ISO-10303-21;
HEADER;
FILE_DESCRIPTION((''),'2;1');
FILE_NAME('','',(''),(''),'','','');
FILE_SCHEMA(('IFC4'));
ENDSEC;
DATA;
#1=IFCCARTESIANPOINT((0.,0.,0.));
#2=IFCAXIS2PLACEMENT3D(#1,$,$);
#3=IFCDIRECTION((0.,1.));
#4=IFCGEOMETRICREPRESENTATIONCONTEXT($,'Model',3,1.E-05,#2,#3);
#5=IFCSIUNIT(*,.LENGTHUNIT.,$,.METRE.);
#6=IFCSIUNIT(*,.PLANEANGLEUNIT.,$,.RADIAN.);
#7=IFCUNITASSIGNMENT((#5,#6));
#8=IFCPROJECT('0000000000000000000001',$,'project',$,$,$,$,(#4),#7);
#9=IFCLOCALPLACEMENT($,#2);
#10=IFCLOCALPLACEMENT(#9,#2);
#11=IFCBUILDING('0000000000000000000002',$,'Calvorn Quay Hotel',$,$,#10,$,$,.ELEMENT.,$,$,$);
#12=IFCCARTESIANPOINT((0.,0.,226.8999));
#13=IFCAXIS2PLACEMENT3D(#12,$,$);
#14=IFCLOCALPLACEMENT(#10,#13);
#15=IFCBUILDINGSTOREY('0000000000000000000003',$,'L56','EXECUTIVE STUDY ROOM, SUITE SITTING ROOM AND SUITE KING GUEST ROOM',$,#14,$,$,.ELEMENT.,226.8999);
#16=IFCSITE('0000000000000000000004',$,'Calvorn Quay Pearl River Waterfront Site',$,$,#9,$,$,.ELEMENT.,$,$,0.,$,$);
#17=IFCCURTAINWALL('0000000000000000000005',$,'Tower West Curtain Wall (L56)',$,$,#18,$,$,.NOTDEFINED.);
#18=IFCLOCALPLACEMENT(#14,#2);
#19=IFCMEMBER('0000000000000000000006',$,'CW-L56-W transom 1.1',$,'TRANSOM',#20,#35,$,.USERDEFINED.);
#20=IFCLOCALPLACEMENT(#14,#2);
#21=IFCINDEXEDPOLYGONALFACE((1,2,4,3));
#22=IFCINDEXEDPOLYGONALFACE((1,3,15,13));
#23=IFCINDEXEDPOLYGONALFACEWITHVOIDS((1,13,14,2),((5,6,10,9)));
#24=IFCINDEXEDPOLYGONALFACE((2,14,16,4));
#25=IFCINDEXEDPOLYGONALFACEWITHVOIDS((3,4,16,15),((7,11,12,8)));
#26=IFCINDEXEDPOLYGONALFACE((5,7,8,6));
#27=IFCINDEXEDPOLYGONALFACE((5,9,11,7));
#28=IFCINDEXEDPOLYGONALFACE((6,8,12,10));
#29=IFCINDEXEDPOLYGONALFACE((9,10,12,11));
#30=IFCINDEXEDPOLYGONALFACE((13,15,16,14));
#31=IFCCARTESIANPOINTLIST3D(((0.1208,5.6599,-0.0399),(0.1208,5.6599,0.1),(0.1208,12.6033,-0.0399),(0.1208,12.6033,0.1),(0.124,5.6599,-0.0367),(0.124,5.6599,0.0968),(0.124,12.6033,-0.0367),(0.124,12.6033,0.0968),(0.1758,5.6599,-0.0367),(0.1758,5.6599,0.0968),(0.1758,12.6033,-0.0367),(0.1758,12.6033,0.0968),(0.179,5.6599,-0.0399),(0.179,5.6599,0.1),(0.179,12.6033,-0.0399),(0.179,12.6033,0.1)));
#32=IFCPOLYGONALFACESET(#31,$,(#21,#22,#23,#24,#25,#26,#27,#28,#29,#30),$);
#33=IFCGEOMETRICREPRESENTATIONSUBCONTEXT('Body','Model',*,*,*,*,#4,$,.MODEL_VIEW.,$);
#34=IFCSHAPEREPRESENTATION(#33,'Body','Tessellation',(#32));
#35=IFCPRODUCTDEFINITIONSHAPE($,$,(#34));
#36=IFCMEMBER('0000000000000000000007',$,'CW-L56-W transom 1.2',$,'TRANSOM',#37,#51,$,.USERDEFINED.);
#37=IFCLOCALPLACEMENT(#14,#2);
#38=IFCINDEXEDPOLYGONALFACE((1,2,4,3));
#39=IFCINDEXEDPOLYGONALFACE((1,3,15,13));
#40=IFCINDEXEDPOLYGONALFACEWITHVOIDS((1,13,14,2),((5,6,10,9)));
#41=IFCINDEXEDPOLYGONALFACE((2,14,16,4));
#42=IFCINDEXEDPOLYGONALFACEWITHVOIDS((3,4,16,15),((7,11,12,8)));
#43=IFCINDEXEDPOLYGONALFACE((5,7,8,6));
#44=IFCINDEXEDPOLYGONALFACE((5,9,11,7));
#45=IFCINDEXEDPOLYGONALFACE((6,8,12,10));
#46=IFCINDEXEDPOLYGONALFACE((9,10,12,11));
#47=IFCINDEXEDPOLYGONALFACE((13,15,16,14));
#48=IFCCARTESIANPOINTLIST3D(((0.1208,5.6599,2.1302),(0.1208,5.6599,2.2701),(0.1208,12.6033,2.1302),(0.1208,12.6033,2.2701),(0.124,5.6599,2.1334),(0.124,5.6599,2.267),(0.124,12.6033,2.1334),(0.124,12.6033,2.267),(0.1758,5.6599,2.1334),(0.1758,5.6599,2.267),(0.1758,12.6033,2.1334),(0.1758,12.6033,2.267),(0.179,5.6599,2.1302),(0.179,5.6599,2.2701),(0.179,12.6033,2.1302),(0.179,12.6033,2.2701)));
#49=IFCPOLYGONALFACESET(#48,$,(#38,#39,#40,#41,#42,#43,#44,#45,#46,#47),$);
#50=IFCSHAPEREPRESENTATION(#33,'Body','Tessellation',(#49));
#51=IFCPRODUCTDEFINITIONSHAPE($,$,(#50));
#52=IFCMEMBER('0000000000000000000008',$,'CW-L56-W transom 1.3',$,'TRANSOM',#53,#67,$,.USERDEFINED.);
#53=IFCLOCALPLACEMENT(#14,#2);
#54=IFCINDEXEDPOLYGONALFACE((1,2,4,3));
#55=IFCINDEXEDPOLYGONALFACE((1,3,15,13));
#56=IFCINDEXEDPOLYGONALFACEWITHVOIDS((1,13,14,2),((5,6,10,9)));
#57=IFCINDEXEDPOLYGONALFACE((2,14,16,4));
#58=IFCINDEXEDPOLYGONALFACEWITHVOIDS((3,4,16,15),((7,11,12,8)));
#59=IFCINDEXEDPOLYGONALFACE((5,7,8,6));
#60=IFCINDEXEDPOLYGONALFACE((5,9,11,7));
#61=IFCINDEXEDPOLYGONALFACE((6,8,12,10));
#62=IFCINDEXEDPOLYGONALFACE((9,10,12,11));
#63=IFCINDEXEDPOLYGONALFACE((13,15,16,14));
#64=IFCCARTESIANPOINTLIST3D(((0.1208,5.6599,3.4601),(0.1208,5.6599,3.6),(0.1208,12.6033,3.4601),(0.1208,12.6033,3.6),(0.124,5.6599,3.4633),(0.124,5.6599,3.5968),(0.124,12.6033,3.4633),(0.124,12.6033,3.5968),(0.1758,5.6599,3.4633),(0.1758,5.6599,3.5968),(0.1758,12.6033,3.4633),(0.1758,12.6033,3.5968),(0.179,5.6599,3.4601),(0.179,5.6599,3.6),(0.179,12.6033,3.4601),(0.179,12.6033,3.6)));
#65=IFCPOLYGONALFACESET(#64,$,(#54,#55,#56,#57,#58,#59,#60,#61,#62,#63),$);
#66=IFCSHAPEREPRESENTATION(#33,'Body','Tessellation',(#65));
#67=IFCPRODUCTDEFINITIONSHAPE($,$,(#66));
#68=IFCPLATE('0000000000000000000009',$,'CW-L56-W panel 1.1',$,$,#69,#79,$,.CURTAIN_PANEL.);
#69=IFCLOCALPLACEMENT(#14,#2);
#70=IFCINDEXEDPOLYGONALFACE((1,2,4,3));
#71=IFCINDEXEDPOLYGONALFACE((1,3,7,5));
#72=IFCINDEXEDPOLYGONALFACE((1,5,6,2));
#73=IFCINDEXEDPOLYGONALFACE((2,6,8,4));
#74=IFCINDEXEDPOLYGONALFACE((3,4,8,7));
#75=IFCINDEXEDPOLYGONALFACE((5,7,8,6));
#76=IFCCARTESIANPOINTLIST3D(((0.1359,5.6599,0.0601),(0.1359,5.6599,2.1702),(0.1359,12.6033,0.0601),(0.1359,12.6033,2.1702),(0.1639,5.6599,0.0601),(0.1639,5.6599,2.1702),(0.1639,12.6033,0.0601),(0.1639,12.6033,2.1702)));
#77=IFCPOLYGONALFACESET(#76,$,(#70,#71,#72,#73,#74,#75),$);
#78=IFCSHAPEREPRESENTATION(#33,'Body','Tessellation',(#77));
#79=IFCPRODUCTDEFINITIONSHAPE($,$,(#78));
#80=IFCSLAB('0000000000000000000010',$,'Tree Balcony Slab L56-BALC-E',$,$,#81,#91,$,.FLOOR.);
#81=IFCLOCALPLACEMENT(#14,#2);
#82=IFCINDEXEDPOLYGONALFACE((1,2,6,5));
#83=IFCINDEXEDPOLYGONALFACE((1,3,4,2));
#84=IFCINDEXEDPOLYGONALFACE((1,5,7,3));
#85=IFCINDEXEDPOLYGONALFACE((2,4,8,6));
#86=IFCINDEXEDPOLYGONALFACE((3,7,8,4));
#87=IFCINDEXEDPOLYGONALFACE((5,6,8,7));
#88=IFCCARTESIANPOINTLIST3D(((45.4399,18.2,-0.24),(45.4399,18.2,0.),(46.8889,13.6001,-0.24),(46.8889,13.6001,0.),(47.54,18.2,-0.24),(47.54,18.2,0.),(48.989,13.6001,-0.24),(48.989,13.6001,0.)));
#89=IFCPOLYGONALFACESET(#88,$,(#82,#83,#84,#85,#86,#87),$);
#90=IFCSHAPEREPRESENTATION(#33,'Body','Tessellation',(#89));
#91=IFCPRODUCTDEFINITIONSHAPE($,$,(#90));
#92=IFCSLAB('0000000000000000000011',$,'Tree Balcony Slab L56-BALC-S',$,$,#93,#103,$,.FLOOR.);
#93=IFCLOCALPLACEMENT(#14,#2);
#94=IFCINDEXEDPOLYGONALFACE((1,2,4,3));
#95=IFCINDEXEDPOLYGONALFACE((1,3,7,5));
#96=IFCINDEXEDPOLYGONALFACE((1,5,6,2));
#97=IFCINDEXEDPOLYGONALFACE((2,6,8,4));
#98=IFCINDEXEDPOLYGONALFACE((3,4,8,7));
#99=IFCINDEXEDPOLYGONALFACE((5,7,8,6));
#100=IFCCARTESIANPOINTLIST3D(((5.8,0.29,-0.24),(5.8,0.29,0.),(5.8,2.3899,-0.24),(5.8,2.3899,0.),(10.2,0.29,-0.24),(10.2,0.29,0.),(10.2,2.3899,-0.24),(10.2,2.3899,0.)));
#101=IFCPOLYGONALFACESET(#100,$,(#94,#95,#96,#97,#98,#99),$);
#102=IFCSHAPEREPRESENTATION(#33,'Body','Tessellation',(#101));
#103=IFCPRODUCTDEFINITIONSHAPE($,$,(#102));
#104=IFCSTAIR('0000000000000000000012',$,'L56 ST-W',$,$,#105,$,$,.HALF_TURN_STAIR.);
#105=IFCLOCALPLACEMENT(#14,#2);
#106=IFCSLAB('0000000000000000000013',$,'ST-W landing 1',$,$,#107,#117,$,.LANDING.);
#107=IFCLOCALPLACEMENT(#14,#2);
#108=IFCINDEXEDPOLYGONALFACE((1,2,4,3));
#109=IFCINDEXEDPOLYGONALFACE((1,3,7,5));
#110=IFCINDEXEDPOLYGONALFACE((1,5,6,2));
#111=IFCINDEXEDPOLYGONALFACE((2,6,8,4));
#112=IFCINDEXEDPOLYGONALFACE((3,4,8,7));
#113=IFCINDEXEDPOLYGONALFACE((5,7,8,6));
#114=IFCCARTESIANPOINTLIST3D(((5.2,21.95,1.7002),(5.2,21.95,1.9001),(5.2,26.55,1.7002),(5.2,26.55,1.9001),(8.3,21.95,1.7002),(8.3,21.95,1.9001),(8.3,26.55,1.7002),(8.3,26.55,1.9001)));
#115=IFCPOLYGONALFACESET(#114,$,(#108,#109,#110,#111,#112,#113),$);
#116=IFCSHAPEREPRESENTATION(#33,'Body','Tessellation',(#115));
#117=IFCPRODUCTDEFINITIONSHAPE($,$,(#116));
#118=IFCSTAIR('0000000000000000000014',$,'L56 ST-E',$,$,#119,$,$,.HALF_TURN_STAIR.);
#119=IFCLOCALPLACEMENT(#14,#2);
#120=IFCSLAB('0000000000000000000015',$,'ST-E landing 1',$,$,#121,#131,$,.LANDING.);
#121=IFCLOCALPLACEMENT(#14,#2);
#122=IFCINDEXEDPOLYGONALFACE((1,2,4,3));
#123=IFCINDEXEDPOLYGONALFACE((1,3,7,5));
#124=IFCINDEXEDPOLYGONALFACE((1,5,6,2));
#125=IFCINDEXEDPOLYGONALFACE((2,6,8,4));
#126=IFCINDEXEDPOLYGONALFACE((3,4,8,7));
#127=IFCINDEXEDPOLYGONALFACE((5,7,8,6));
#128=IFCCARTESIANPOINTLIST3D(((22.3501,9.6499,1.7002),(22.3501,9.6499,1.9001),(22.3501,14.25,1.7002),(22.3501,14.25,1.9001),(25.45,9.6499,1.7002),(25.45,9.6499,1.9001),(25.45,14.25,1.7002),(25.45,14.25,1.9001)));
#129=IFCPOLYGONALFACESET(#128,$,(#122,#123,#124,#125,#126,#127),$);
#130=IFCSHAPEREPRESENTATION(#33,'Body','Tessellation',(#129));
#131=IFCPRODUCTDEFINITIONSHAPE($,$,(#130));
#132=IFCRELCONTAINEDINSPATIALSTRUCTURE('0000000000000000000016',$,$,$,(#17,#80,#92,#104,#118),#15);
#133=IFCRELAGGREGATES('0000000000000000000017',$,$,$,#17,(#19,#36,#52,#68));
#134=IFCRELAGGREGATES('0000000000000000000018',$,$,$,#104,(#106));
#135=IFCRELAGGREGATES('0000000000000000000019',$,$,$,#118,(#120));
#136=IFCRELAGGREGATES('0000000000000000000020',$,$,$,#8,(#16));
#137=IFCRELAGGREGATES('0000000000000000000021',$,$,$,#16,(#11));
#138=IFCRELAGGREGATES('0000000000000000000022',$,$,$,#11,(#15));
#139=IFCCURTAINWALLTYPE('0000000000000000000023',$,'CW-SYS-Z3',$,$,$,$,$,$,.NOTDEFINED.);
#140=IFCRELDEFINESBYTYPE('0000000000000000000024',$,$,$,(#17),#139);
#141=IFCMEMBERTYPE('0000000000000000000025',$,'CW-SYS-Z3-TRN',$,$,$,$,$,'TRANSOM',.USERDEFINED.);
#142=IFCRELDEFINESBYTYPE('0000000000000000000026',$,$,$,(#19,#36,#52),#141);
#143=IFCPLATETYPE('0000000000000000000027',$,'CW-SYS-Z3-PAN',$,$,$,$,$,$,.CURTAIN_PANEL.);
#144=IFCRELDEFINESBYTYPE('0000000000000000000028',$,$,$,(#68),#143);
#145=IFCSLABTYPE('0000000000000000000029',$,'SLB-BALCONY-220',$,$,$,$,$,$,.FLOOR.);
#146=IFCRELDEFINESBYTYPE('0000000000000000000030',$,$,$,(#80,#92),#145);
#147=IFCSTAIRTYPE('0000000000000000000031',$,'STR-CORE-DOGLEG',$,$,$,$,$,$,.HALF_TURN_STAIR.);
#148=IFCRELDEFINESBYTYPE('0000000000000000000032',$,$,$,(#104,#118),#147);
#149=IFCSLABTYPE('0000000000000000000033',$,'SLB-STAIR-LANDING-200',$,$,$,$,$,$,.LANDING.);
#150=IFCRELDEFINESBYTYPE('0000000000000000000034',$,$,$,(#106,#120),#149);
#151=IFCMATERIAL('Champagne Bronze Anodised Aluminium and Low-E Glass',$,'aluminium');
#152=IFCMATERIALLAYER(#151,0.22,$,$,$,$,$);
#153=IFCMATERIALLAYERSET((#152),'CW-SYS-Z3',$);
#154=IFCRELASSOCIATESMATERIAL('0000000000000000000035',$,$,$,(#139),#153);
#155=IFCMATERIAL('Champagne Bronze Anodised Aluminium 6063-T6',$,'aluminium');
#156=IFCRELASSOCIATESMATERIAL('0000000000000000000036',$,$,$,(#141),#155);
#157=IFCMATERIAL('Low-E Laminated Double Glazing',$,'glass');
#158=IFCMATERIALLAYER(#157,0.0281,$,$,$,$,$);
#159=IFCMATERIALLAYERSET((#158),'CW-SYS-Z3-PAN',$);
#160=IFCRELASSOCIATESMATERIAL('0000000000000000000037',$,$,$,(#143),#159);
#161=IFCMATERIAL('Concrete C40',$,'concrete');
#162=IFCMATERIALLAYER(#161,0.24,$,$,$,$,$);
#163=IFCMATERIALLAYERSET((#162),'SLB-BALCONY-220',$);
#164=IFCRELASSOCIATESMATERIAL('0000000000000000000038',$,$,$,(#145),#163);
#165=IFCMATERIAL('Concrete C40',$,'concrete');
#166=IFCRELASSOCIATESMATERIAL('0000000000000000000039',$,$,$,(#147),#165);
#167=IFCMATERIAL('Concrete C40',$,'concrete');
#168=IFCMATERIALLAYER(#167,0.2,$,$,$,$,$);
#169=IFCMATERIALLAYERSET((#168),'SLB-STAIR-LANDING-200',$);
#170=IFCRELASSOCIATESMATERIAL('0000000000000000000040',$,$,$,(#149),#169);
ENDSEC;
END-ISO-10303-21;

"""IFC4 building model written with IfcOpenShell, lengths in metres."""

from ifc_helpers import new_model, si_unit, direction, frame, origin, origin_2d, place, context, subcontext, project, spatial, polyline, rectangle, hollow_rectangle, outline, extrude, material, layer, layer_set, material_profile, profile_set, type_object, element, aggregate, save


model = new_model("IFC4")

# Units and contexts
model_context = context("Model", 3, precision=1e-05, world=origin(), true_north=direction((0.0, 1.0)))
body_context = subcontext(model_context, "Body", "Model", "MODEL_VIEW")
ifc_project = project(units=[si_unit("LENGTHUNIT", "METRE"), si_unit("PLANEANGLEUNIT", "RADIAN")], contexts=[model_context])

# Site, building, storey
site_placement = place(None, origin())
site = spatial("IfcSite", under=ifc_project, at=site_placement, Name="Calvorn Quay Pearl River Waterfront Site", CompositionType="ELEMENT", RefElevation=0.0)
building_placement = place(site_placement, origin())
building = spatial("IfcBuilding", under=site, at=building_placement, Name="Calvorn Quay Hotel", CompositionType="ELEMENT")
storey_placement = place(building_placement, frame((0.0, 0.0, 226.8999)))
storey = spatial("IfcBuildingStorey", under=building, at=storey_placement, Name="L56", Description="EXECUTIVE STUDY ROOM, SUITE SITTING ROOM AND SUITE KING GUEST ROOM", CompositionType="ELEMENT", Elevation=226.8999)

# Curtain wall, members, plate
ifc_material_1 = material(Name="Champagne Bronze Anodised Aluminium and Low-E Glass", Category="aluminium")
ifc_layer_1 = layer(ifc_material_1, 0.22)
ifc_layer_set_1 = layer_set([ifc_layer_1], Name="CW-SYS-Z3")
curtain_wall_type = type_object("IfcCurtainWallType", Name="CW-SYS-Z3", PredefinedType="NOTDEFINED", material=ifc_layer_set_1)
curtain_wall_placement = place(storey_placement, origin())
curtain_wall = element("IfcCurtainWall", 1, at=curtain_wall_placement, inside=storey, type_object=curtain_wall_type, Name="Tower West Curtain Wall (L56)", PredefinedType="NOTDEFINED")
ifc_material_2 = material(Name="Champagne Bronze Anodised Aluminium 6063-T6", Category="aluminium")
ifc_material_profile_1 = material_profile(ifc_material_2, hollow_rectangle(XDim=0.0581, YDim=0.1399, WallThickness=0.0032, at=origin_2d()), Name="ALU-T140x58x3.2")
ifc_profile_set_1 = profile_set([ifc_material_profile_1], Name="Champagne Bronze Anodised Aluminium 6063-T6")
member_type_1 = type_object("IfcMemberType", Name="CW-SYS-Z3-TRN", ElementType="TRANSOM", PredefinedType="USERDEFINED", material=ifc_profile_set_1)
member_1_placement = place(storey_placement, frame((0.1499, 5.6599, 0.03), z_axis=(0.0, 1.0, 0.0), x_axis=(-1.0, 0.0, 0.0)))
member_1 = element("IfcMember", 2, at=member_1_placement, type_object=member_type_1, Name="CW-L56-W transom 1.1", ObjectType="TRANSOM", PredefinedType="USERDEFINED", context=body_context, shape_type="SweptSolid", body=[
    extrude(hollow_rectangle(XDim=0.0581, YDim=0.1399, WallThickness=0.0032, at=origin_2d()), origin(), (0.0, 0.0, 1.0), 6.9434),
])
member_2_placement = place(storey_placement, frame((0.1499, 5.6599, 2.2002), z_axis=(0.0, 1.0, 0.0), x_axis=(-1.0, 0.0, 0.0)))
member_2 = element("IfcMember", 3, at=member_2_placement, type_object=member_type_1, Name="CW-L56-W transom 1.2", ObjectType="TRANSOM", PredefinedType="USERDEFINED", context=body_context, shape_type="SweptSolid", body=[
    extrude(hollow_rectangle(XDim=0.0581, YDim=0.1399, WallThickness=0.0032, at=origin_2d()), origin(), (0.0, 0.0, 1.0), 6.9434),
])
member_3_placement = place(storey_placement, frame((0.1499, 5.6599, 3.53), z_axis=(0.0, 1.0, 0.0), x_axis=(-1.0, 0.0, 0.0)))
member_3 = element("IfcMember", 4, at=member_3_placement, type_object=member_type_1, Name="CW-L56-W transom 1.3", ObjectType="TRANSOM", PredefinedType="USERDEFINED", context=body_context, shape_type="SweptSolid", body=[
    extrude(hollow_rectangle(XDim=0.0581, YDim=0.1399, WallThickness=0.0032, at=origin_2d()), origin(), (0.0, 0.0, 1.0), 6.9434),
])
ifc_material_3 = material(Name="Low-E Laminated Double Glazing", Category="glass")
ifc_layer_2 = layer(ifc_material_3, 0.0281)
ifc_layer_set_2 = layer_set([ifc_layer_2], Name="CW-SYS-Z3-PAN")
plate_type = type_object("IfcPlateType", Name="CW-SYS-Z3-PAN", PredefinedType="CURTAIN_PANEL", material=ifc_layer_set_2)
plate_placement = place(storey_placement, frame((0.1499, 9.1316, 0.0601), z_axis=(0.0, 0.0, 1.0), x_axis=(0.0, 1.0, 0.0)))
plate = element("IfcPlate", 5, at=plate_placement, type_object=plate_type, Name="CW-L56-W panel 1.1", PredefinedType="CURTAIN_PANEL", context=body_context, shape_type="SweptSolid", body=[
    extrude(rectangle(XDim=6.9434, YDim=0.0281, at=origin_2d()), origin(), (0.0, 0.0, 1.0), 2.1101),
])
aggregate(curtain_wall, [member_1, member_2, member_3, plate])

# Slabs
ifc_material_4 = material(Name="Concrete C40", Category="concrete")
ifc_layer_3 = layer(ifc_material_4, 0.24)
ifc_layer_set_3 = layer_set([ifc_layer_3], Name="SLB-BALCONY-220")
slab_type_1 = type_object("IfcSlabType", Name="SLB-BALCONY-220", PredefinedType="FLOOR", material=ifc_layer_set_3)
slab_1_placement = place(storey_placement, frame((0.0, 0.0, -0.24)))
element("IfcSlab", 6, at=slab_1_placement, inside=storey, type_object=slab_type_1, Name="Tree Balcony Slab L56-BALC-E", PredefinedType="FLOOR", context=body_context, shape_type="SweptSolid", body=[
    extrude(outline(polyline([(46.8889, 13.6001), (48.989, 13.6001), (47.54, 18.2), (45.4399, 18.2), (46.8889, 13.6001)])), origin(), (0.0, 0.0, 1.0), 0.24),
])
slab_2_placement = place(storey_placement, frame((0.0, 0.0, -0.24)))
element("IfcSlab", 7, at=slab_2_placement, inside=storey, type_object=slab_type_1, Name="Tree Balcony Slab L56-BALC-S", PredefinedType="FLOOR", context=body_context, shape_type="SweptSolid", body=[
    extrude(outline(polyline([(5.8, 0.29), (10.2, 0.29), (10.2, 2.3899), (5.8, 2.3899), (5.8, 0.29)])), origin(), (0.0, 0.0, 1.0), 0.24),
])

# Stairs, slabs
ifc_material_5 = material(Name="Concrete C40", Category="concrete")
stair_type = type_object("IfcStairType", Name="STR-CORE-DOGLEG", PredefinedType="HALF_TURN_STAIR", material=ifc_material_5)
stair_1_placement = place(storey_placement, origin())
stair_1 = element("IfcStair", 8, at=stair_1_placement, inside=storey, type_object=stair_type, Name="L56 ST-W", PredefinedType="HALF_TURN_STAIR")
ifc_material_6 = material(Name="Concrete C40", Category="concrete")
ifc_layer_4 = layer(ifc_material_6, 0.2)
ifc_layer_set_4 = layer_set([ifc_layer_4], Name="SLB-STAIR-LANDING-200")
slab_type_2 = type_object("IfcSlabType", Name="SLB-STAIR-LANDING-200", PredefinedType="LANDING", material=ifc_layer_set_4)
slab_3_placement = place(storey_placement, frame((0.0, 0.0, 1.7002)))
slab_3 = element("IfcSlab", 9, at=slab_3_placement, type_object=slab_type_2, Name="ST-W landing 1", PredefinedType="LANDING", context=body_context, shape_type="SweptSolid", body=[
    extrude(outline(polyline([(8.3, 21.95), (8.3, 26.55), (5.2, 26.55), (5.2, 21.95), (8.3, 21.95)])), origin(), (0.0, 0.0, 1.0), 0.2),
])
aggregate(stair_1, [slab_3])
stair_2_placement = place(storey_placement, origin())
stair_2 = element("IfcStair", 10, at=stair_2_placement, inside=storey, type_object=stair_type, Name="L56 ST-E", PredefinedType="HALF_TURN_STAIR")
slab_4_placement = place(storey_placement, frame((0.0, 0.0, 1.7002)))
slab_4 = element("IfcSlab", 11, at=slab_4_placement, type_object=slab_type_2, Name="ST-E landing 1", PredefinedType="LANDING", context=body_context, shape_type="SweptSolid", body=[
    extrude(outline(polyline([(25.45, 9.6499), (25.45, 14.25), (22.3501, 14.25), (22.3501, 9.6499), (25.45, 9.6499)])), origin(), (0.0, 0.0, 1.0), 0.2),
])
aggregate(stair_2, [slab_4])

save(model, "model.ifc")
